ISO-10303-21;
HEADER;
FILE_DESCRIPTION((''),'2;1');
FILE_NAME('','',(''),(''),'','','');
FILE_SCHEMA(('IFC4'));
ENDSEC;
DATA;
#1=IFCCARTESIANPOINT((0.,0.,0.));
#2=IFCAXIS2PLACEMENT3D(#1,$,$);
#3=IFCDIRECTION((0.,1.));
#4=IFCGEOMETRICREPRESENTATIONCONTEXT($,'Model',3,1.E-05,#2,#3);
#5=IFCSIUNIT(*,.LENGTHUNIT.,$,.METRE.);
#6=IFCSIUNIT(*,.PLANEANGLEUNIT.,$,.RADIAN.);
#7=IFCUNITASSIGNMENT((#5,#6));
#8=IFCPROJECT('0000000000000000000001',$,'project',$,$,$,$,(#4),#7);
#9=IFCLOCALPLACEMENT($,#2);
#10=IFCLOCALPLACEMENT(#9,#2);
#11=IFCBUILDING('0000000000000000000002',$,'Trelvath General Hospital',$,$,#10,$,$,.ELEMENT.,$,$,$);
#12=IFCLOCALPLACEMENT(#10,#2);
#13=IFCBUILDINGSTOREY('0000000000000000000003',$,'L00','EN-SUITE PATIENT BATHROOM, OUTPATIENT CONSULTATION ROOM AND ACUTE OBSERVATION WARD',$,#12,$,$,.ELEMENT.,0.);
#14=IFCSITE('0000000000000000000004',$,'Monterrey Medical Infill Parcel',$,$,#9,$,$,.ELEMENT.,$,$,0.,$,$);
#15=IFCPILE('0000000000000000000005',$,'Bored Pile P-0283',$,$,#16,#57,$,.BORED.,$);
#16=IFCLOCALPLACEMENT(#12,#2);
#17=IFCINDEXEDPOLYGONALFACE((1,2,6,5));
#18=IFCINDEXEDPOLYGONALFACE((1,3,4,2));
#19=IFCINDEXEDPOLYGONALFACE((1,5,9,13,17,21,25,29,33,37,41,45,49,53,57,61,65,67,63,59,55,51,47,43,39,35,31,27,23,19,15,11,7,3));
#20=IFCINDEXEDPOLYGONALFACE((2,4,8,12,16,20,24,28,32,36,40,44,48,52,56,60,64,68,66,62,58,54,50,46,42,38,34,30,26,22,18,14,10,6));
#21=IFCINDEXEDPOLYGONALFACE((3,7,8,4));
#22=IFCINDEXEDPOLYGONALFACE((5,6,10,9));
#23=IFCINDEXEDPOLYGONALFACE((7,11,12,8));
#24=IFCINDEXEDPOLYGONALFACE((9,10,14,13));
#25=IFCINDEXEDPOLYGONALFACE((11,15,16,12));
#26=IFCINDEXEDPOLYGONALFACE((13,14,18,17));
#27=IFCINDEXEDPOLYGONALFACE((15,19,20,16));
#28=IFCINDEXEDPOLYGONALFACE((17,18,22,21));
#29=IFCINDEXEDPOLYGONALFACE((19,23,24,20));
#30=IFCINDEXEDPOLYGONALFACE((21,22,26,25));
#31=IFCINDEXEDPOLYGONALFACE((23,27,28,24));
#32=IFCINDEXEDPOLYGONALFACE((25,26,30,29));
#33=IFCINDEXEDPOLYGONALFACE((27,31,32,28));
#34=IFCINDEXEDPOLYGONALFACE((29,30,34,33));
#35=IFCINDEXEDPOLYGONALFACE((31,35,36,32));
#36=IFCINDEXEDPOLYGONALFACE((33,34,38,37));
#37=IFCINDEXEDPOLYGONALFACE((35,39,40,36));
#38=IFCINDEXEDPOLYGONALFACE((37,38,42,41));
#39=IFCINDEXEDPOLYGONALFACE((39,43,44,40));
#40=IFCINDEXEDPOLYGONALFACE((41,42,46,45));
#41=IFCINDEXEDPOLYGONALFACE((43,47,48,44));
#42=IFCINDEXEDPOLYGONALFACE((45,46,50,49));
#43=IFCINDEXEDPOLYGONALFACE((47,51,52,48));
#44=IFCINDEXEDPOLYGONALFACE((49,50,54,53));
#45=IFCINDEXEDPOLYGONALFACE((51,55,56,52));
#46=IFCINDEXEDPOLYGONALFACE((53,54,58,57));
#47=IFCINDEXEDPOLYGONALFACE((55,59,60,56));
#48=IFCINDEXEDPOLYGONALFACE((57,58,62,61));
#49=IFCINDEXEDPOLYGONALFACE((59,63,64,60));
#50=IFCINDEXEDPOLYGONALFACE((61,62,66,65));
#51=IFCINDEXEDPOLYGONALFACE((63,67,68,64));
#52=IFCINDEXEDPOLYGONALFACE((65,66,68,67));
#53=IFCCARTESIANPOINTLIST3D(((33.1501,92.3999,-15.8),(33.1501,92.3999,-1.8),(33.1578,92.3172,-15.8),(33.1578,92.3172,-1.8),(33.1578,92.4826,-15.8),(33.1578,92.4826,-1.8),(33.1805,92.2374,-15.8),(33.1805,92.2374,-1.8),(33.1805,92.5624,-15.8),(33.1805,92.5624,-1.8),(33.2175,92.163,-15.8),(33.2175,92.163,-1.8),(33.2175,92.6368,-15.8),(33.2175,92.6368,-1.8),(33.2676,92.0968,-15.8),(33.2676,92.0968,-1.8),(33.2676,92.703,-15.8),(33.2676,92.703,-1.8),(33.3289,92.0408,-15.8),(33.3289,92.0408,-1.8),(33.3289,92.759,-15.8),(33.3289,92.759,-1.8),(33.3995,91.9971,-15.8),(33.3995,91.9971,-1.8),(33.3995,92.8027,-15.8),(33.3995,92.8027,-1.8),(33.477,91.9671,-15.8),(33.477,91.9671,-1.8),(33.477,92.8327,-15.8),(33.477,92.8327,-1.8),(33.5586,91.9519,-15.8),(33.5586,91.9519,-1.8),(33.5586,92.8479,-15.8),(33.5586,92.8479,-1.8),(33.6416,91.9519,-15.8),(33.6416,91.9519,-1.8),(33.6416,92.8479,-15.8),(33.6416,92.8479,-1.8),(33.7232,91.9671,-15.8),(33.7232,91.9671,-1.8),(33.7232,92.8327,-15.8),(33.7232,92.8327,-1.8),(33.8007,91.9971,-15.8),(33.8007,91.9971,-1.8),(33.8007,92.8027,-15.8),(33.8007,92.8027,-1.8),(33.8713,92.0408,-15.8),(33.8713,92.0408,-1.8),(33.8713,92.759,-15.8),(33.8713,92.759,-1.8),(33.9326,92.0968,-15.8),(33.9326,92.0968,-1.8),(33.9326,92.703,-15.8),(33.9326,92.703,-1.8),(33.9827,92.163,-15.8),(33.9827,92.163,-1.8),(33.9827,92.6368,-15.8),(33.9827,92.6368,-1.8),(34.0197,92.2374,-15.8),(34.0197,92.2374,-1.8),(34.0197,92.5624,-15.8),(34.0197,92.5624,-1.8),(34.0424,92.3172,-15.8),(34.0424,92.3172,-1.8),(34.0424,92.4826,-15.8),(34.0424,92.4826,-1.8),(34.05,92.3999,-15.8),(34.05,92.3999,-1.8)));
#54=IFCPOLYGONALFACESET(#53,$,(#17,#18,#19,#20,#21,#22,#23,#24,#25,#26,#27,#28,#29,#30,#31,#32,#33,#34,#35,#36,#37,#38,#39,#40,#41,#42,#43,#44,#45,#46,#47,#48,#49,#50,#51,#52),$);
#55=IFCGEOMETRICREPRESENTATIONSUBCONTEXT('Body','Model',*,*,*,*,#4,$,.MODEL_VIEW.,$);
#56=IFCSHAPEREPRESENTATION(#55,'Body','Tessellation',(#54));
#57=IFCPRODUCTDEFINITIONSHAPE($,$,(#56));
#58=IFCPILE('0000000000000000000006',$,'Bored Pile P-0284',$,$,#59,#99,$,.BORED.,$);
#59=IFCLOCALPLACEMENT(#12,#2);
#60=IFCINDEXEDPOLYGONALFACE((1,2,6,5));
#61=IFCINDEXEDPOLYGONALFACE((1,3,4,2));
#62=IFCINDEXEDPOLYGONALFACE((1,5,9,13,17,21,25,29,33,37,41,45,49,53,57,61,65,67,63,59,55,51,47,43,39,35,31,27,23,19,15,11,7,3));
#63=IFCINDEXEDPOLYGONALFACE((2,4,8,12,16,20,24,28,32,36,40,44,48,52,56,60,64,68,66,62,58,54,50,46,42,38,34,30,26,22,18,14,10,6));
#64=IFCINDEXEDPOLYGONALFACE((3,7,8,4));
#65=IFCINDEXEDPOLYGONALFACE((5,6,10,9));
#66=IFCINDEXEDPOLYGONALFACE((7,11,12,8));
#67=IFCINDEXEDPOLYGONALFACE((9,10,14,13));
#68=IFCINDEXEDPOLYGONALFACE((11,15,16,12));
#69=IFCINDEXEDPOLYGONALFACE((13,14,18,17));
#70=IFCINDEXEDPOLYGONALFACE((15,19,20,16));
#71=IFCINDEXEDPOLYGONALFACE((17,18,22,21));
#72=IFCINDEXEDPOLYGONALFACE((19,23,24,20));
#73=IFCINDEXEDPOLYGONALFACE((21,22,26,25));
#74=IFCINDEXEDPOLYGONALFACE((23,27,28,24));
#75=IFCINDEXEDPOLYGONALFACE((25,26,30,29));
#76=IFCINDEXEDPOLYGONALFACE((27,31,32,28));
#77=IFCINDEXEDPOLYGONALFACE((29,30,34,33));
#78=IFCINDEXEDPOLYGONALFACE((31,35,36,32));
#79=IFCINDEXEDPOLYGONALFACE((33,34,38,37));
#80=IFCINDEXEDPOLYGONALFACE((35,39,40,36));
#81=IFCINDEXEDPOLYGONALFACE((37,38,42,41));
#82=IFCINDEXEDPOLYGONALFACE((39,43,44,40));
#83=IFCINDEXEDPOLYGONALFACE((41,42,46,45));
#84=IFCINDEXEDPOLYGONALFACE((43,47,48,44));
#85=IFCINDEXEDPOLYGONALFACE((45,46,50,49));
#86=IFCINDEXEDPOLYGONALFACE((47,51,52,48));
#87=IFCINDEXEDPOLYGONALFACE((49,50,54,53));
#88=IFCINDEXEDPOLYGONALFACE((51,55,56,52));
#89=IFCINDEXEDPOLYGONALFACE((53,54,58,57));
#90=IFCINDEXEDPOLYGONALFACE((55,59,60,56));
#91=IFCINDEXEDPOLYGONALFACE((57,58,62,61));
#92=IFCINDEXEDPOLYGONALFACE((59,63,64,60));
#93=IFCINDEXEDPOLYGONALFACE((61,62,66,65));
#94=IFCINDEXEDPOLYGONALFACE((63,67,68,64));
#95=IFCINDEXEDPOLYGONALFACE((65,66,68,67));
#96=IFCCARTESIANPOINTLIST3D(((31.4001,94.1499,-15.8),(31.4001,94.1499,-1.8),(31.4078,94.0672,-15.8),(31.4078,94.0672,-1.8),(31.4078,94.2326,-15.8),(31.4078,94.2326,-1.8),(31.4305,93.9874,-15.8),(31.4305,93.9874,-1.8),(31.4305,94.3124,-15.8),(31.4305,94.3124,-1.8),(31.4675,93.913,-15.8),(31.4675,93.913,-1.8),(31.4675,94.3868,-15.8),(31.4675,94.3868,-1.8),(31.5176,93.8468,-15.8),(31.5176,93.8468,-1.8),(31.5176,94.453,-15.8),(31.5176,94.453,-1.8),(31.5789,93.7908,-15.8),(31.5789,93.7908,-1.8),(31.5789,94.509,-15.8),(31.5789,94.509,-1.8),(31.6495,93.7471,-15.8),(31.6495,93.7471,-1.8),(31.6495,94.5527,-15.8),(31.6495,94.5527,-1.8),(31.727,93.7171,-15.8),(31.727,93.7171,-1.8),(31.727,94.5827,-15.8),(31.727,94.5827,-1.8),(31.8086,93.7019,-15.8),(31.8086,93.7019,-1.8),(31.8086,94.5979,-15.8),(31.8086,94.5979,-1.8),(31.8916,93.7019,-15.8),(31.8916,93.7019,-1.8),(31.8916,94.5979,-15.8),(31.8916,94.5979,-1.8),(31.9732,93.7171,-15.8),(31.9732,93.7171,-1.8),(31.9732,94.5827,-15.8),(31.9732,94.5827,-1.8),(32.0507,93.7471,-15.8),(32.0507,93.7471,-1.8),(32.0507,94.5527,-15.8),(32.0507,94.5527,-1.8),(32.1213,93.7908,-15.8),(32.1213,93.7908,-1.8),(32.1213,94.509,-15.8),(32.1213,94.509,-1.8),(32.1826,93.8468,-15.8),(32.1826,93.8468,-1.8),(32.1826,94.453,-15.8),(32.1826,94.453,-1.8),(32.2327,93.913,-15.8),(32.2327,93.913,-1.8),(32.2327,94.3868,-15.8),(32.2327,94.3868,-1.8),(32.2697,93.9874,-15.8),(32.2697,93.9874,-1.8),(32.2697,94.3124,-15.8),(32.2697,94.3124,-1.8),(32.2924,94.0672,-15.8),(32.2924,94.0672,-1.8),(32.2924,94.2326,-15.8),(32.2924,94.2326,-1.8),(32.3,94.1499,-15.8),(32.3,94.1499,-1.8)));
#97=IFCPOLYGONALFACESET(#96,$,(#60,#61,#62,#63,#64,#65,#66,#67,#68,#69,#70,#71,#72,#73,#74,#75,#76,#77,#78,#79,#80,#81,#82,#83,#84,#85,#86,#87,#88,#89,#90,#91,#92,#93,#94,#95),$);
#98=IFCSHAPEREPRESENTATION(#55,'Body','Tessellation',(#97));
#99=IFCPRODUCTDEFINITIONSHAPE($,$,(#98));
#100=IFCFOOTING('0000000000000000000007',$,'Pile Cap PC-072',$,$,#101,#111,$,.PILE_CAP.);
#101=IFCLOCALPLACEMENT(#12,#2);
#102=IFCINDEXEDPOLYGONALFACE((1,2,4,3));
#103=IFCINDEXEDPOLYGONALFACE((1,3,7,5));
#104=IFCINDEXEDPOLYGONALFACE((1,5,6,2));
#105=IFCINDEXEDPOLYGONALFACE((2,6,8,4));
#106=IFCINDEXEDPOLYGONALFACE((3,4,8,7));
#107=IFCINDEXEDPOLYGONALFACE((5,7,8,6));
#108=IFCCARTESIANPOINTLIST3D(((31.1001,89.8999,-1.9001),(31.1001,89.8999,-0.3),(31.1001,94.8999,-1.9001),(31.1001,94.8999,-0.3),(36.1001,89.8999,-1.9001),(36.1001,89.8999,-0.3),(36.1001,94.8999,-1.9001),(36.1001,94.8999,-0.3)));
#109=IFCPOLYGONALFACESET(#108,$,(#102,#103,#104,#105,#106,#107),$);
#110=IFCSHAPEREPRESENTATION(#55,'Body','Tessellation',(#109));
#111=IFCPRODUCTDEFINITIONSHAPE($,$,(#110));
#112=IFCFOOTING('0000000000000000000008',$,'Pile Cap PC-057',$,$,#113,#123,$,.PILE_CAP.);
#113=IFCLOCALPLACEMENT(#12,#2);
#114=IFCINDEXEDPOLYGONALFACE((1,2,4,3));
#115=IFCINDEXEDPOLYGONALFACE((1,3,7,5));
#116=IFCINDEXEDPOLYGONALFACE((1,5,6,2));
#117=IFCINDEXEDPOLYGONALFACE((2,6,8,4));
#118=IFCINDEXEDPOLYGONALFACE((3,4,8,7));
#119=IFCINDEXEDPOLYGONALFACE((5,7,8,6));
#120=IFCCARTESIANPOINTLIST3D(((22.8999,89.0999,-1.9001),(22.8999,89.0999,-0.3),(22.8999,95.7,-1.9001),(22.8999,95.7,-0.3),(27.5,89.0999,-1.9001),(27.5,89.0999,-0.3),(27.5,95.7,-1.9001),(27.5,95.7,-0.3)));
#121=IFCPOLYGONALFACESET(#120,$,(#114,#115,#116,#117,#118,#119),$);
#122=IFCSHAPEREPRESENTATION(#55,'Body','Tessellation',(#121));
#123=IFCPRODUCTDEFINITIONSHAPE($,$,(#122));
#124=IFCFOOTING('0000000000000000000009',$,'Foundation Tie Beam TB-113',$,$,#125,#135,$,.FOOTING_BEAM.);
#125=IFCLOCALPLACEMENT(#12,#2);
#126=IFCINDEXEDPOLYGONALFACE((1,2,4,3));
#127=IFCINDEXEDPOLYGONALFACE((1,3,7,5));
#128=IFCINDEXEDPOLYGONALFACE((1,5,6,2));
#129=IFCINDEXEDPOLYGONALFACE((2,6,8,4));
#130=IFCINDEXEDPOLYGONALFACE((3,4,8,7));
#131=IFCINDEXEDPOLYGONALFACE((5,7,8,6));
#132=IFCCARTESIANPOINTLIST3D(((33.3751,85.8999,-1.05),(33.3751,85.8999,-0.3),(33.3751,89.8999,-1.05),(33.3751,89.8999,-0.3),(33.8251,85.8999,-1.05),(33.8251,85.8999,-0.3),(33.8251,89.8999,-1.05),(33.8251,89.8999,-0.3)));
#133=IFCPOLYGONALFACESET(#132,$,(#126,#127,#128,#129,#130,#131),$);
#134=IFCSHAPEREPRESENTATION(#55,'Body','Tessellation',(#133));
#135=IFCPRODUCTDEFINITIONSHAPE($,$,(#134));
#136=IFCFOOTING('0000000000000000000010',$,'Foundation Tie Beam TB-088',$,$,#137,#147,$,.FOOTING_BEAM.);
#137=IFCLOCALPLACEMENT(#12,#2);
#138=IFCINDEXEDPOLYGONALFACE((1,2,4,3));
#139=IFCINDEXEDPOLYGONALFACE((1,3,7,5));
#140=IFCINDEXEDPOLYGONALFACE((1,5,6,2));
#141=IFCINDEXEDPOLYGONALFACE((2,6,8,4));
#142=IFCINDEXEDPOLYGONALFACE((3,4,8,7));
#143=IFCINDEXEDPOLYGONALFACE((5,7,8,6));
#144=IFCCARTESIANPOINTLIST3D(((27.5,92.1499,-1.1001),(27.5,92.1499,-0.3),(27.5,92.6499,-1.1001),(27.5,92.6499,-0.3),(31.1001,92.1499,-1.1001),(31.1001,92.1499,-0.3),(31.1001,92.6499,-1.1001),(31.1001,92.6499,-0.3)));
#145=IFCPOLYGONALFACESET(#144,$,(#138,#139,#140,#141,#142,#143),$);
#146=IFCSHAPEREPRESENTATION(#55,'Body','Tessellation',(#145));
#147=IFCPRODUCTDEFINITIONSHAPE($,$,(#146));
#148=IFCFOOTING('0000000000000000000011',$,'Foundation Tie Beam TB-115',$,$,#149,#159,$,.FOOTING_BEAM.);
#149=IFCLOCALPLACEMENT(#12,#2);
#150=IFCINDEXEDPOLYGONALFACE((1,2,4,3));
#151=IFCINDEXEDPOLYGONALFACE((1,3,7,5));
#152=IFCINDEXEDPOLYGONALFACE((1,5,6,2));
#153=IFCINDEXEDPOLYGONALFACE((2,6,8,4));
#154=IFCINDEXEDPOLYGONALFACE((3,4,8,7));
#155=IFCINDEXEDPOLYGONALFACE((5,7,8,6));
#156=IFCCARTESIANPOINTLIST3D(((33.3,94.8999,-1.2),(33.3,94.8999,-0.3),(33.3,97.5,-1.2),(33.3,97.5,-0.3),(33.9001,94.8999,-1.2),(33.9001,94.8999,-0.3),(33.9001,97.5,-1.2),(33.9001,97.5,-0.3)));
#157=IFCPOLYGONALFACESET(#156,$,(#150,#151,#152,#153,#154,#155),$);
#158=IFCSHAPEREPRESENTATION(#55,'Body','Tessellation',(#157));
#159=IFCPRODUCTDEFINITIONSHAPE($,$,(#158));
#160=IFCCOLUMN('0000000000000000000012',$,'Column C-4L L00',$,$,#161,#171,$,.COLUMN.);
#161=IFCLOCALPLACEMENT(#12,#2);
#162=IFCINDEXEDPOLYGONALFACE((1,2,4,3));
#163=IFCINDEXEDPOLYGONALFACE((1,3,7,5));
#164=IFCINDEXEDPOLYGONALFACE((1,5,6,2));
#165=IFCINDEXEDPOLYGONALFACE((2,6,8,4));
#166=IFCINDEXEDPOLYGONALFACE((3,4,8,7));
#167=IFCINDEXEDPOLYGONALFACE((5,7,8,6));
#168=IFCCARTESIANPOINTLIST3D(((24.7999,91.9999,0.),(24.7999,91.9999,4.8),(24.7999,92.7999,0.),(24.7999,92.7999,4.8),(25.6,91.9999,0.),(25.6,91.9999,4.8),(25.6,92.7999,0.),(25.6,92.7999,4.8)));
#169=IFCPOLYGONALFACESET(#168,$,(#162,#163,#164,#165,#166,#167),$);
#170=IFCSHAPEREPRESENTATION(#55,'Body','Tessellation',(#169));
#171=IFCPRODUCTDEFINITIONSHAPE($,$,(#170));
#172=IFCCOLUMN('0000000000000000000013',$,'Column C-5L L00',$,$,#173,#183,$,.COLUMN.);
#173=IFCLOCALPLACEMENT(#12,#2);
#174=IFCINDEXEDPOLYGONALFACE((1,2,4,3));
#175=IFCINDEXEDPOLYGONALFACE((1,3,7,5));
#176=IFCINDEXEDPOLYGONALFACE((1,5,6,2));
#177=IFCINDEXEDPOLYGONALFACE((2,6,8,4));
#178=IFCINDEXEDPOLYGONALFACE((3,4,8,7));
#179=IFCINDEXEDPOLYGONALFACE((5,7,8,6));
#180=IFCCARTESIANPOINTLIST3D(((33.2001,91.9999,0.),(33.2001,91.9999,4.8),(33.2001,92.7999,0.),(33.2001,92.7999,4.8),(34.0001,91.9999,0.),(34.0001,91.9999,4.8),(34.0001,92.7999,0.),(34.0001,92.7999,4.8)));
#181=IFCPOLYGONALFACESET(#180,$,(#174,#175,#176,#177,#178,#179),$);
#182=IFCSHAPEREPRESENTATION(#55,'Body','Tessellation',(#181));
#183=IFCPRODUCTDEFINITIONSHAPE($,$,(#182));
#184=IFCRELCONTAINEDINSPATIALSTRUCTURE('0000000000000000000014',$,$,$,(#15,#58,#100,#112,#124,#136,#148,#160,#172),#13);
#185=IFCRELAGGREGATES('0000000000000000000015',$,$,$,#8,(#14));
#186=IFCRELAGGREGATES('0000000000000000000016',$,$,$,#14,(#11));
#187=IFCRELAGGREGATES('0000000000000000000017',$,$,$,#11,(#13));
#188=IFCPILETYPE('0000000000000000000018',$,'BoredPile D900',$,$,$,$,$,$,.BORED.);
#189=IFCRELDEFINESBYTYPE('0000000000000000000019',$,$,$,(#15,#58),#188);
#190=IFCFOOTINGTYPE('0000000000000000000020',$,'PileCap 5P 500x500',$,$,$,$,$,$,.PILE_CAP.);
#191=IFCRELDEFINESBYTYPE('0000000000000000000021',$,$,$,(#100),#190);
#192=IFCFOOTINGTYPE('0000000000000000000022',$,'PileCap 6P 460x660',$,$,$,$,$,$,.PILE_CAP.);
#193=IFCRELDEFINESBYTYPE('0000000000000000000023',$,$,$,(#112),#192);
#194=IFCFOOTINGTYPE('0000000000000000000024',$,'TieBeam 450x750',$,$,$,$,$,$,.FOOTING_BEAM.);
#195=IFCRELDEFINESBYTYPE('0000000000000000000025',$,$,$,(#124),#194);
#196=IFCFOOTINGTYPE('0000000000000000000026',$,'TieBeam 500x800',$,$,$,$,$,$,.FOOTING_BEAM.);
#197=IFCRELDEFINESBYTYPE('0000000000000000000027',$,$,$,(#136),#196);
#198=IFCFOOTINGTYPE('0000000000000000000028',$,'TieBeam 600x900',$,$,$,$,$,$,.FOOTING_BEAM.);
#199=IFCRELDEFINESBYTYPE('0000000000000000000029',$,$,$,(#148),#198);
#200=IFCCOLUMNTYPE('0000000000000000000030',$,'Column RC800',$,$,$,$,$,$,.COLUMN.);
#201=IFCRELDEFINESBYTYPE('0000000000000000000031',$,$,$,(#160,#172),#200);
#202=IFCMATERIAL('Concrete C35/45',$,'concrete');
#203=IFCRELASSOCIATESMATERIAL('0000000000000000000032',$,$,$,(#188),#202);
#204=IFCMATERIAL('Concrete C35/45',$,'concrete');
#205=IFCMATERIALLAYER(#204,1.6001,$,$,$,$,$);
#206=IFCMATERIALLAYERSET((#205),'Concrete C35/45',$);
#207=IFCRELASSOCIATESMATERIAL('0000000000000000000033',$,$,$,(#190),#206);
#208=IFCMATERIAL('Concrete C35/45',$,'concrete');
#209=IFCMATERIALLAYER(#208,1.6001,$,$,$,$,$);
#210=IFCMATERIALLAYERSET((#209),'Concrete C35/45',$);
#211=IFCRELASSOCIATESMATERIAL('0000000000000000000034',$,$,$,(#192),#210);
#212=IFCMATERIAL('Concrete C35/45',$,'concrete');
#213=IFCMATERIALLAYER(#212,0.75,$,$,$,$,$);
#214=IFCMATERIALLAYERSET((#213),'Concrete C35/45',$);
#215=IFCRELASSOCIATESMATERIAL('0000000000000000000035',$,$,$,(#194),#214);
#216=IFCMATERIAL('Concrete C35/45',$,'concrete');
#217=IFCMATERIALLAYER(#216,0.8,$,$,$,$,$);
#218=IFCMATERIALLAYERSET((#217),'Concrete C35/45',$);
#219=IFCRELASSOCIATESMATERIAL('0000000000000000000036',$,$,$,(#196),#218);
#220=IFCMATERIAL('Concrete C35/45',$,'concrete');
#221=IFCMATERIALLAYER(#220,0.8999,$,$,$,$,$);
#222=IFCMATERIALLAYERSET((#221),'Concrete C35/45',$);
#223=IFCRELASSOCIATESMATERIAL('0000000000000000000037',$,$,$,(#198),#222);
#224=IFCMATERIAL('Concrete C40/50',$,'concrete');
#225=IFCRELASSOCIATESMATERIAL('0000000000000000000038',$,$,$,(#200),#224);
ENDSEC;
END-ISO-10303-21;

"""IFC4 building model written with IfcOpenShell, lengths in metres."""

from ifc_helpers import new_model, si_unit, direction, frame, origin, origin_2d, place, context, subcontext, project, spatial, rectangle, circle, extrude, material, layer, layer_set, material_profile, profile_set, type_object, element, save


model = new_model("IFC4")

# Units and contexts
model_context = context("Model", 3, precision=1e-05, world=origin(), true_north=direction((0.0, 1.0)))
body_context = subcontext(model_context, "Body", "Model", "MODEL_VIEW")
ifc_project = project(units=[si_unit("LENGTHUNIT", "METRE"), si_unit("PLANEANGLEUNIT", "RADIAN")], contexts=[model_context])

# Site, building, storey
site_placement = place(None, origin())
site = spatial("IfcSite", under=ifc_project, at=site_placement, Name="Monterrey Medical Infill Parcel", CompositionType="ELEMENT", RefElevation=0.0)
building_placement = place(site_placement, origin())
building = spatial("IfcBuilding", under=site, at=building_placement, Name="Trelvath General Hospital", CompositionType="ELEMENT")
storey_placement = place(building_placement, origin())
storey = spatial("IfcBuildingStorey", under=building, at=storey_placement, Name="L00", Description="EN-SUITE PATIENT BATHROOM, OUTPATIENT CONSULTATION ROOM AND ACUTE OBSERVATION WARD", CompositionType="ELEMENT", Elevation=0.0)

# Piles
ifc_material_1 = material(Name="Concrete C35/45", Category="concrete")
ifc_material_profile_1 = material_profile(ifc_material_1, circle(Radius=0.45, at=origin_2d()), Name="PILE900")
ifc_profile_set_1 = profile_set([ifc_material_profile_1], Name="Concrete C35/45")
pile_type_1 = type_object("IfcPileType", Name="BoredPile D900", PredefinedType="BORED", material=ifc_profile_set_1)
for number, where, z_axis, x_axis, name in (
    (1, (33.6001, 92.3999, -1.8), (0.0, 0.0, -1.0), (1.0, 0.0, 0.0), "Bored Pile P-0283"),
    (2, (31.8501, 94.1499, -1.8), (0.0, 0.0, -1.0), (1.0, 0.0, 0.0), "Bored Pile P-0284"),
):
    element("IfcPile", number, at=place(storey_placement, frame(where, z_axis=z_axis, x_axis=x_axis)), inside=storey, type_object=pile_type_1, Name=name, PredefinedType="BORED", context=body_context, shape_type="SweptSolid", body=[
        extrude(circle(Radius=0.45, at=origin_2d()), origin(), (0.0, 0.0, 1.0), 14.0),
    ])

# Footings
ifc_material_2 = material(Name="Concrete C35/45", Category="concrete")
ifc_layer_1 = layer(ifc_material_2, 1.6001)
ifc_layer_set_1 = layer_set([ifc_layer_1], Name="Concrete C35/45")
footing_type_1 = type_object("IfcFootingType", Name="PileCap 5P 500x500", PredefinedType="PILE_CAP", material=ifc_layer_set_1)
footing_1_placement = place(storey_placement, frame((33.6001, 92.3999, -1.9001), z_axis=(0.0, 0.0, 1.0), x_axis=(1.0, 0.0, 0.0)))
element("IfcFooting", 3, at=footing_1_placement, inside=storey, type_object=footing_type_1, Name="Pile Cap PC-072", PredefinedType="PILE_CAP", context=body_context, shape_type="SweptSolid", body=[
    extrude(rectangle(XDim=5.0, YDim=5.0, at=origin_2d()), origin(), (0.0, 0.0, 1.0), 1.6001),
])
ifc_material_3 = material(Name="Concrete C35/45", Category="concrete")
ifc_layer_2 = layer(ifc_material_3, 1.6001)
ifc_layer_set_2 = layer_set([ifc_layer_2], Name="Concrete C35/45")
footing_type_2 = type_object("IfcFootingType", Name="PileCap 6P 460x660", PredefinedType="PILE_CAP", material=ifc_layer_set_2)
footing_2_placement = place(storey_placement, frame((25.2, 92.3999, -1.9001), z_axis=(0.0, 0.0, 1.0), x_axis=(1.0, 0.0, 0.0)))
element("IfcFooting", 4, at=footing_2_placement, inside=storey, type_object=footing_type_2, Name="Pile Cap PC-057", PredefinedType="PILE_CAP", context=body_context, shape_type="SweptSolid", body=[
    extrude(rectangle(XDim=4.6001, YDim=6.6001, at=origin_2d()), origin(), (0.0, 0.0, 1.0), 1.6001),
])
ifc_material_4 = material(Name="Concrete C35/45", Category="concrete")
ifc_layer_3 = layer(ifc_material_4, 0.75)
ifc_layer_set_3 = layer_set([ifc_layer_3], Name="Concrete C35/45")
footing_type_3 = type_object("IfcFootingType", Name="TieBeam 450x750", PredefinedType="FOOTING_BEAM", material=ifc_layer_set_3)
footing_3_placement = place(storey_placement, frame((33.6001, 87.8999, -1.05), z_axis=(0.0, 0.0, 1.0), x_axis=(1.0, 0.0, 0.0)))
element("IfcFooting", 5, at=footing_3_placement, inside=storey, type_object=footing_type_3, Name="Foundation Tie Beam TB-113", PredefinedType="FOOTING_BEAM", context=body_context, shape_type="SweptSolid", body=[
    extrude(rectangle(XDim=0.45, YDim=4.0, at=origin_2d()), origin(), (0.0, 0.0, 1.0), 0.75),
])
ifc_material_5 = material(Name="Concrete C35/45", Category="concrete")
ifc_layer_4 = layer(ifc_material_5, 0.8)
ifc_layer_set_4 = layer_set([ifc_layer_4], Name="Concrete C35/45")
footing_type_4 = type_object("IfcFootingType", Name="TieBeam 500x800", PredefinedType="FOOTING_BEAM", material=ifc_layer_set_4)
footing_4_placement = place(storey_placement, frame((29.3, 92.3999, -1.1001), z_axis=(0.0, 0.0, 1.0), x_axis=(1.0, 0.0, 0.0)))
element("IfcFooting", 6, at=footing_4_placement, inside=storey, type_object=footing_type_4, Name="Foundation Tie Beam TB-088", PredefinedType="FOOTING_BEAM", context=body_context, shape_type="SweptSolid", body=[
    extrude(rectangle(XDim=3.6001, YDim=0.5, at=origin_2d()), origin(), (0.0, 0.0, 1.0), 0.8),
])
ifc_material_6 = material(Name="Concrete C35/45", Category="concrete")
ifc_layer_5 = layer(ifc_material_6, 0.8999)
ifc_layer_set_5 = layer_set([ifc_layer_5], Name="Concrete C35/45")
footing_type_5 = type_object("IfcFootingType", Name="TieBeam 600x900", PredefinedType="FOOTING_BEAM", material=ifc_layer_set_5)
footing_5_placement = place(storey_placement, frame((33.6001, 96.2, -1.2), z_axis=(0.0, 0.0, 1.0), x_axis=(1.0, 0.0, 0.0)))
element("IfcFooting", 7, at=footing_5_placement, inside=storey, type_object=footing_type_5, Name="Foundation Tie Beam TB-115", PredefinedType="FOOTING_BEAM", context=body_context, shape_type="SweptSolid", body=[
    extrude(rectangle(XDim=0.6001, YDim=2.6001, at=origin_2d()), origin(), (0.0, 0.0, 1.0), 0.8999),
])

# Columns
ifc_material_7 = material(Name="Concrete C40/50", Category="concrete")
ifc_material_profile_2 = material_profile(ifc_material_7, rectangle(XDim=0.8, YDim=0.8, at=origin_2d()), Name="RC800x800")
ifc_profile_set_2 = profile_set([ifc_material_profile_2], Name="Concrete C40/50")
column_type = type_object("IfcColumnType", Name="Column RC800", PredefinedType="COLUMN", material=ifc_profile_set_2)
for number, where, z_axis, x_axis, name in (
    (8, (25.2, 92.3999, 0.0), (0.0, 0.0, 1.0), (1.0, 0.0, 0.0), "Column C-4L L00"),
    (9, (33.6001, 92.3999, 0.0), (0.0, 0.0, 1.0), (1.0, 0.0, 0.0), "Column C-5L L00"),
):
    element("IfcColumn", number, at=place(storey_placement, frame(where, z_axis=z_axis, x_axis=x_axis)), inside=storey, type_object=column_type, Name=name, PredefinedType="COLUMN", context=body_context, shape_type="SweptSolid", body=[
        extrude(rectangle(XDim=0.8, YDim=0.8, at=origin_2d()), origin(), (0.0, 0.0, 1.0), 4.8),
    ])

save(model, "model.ifc")
